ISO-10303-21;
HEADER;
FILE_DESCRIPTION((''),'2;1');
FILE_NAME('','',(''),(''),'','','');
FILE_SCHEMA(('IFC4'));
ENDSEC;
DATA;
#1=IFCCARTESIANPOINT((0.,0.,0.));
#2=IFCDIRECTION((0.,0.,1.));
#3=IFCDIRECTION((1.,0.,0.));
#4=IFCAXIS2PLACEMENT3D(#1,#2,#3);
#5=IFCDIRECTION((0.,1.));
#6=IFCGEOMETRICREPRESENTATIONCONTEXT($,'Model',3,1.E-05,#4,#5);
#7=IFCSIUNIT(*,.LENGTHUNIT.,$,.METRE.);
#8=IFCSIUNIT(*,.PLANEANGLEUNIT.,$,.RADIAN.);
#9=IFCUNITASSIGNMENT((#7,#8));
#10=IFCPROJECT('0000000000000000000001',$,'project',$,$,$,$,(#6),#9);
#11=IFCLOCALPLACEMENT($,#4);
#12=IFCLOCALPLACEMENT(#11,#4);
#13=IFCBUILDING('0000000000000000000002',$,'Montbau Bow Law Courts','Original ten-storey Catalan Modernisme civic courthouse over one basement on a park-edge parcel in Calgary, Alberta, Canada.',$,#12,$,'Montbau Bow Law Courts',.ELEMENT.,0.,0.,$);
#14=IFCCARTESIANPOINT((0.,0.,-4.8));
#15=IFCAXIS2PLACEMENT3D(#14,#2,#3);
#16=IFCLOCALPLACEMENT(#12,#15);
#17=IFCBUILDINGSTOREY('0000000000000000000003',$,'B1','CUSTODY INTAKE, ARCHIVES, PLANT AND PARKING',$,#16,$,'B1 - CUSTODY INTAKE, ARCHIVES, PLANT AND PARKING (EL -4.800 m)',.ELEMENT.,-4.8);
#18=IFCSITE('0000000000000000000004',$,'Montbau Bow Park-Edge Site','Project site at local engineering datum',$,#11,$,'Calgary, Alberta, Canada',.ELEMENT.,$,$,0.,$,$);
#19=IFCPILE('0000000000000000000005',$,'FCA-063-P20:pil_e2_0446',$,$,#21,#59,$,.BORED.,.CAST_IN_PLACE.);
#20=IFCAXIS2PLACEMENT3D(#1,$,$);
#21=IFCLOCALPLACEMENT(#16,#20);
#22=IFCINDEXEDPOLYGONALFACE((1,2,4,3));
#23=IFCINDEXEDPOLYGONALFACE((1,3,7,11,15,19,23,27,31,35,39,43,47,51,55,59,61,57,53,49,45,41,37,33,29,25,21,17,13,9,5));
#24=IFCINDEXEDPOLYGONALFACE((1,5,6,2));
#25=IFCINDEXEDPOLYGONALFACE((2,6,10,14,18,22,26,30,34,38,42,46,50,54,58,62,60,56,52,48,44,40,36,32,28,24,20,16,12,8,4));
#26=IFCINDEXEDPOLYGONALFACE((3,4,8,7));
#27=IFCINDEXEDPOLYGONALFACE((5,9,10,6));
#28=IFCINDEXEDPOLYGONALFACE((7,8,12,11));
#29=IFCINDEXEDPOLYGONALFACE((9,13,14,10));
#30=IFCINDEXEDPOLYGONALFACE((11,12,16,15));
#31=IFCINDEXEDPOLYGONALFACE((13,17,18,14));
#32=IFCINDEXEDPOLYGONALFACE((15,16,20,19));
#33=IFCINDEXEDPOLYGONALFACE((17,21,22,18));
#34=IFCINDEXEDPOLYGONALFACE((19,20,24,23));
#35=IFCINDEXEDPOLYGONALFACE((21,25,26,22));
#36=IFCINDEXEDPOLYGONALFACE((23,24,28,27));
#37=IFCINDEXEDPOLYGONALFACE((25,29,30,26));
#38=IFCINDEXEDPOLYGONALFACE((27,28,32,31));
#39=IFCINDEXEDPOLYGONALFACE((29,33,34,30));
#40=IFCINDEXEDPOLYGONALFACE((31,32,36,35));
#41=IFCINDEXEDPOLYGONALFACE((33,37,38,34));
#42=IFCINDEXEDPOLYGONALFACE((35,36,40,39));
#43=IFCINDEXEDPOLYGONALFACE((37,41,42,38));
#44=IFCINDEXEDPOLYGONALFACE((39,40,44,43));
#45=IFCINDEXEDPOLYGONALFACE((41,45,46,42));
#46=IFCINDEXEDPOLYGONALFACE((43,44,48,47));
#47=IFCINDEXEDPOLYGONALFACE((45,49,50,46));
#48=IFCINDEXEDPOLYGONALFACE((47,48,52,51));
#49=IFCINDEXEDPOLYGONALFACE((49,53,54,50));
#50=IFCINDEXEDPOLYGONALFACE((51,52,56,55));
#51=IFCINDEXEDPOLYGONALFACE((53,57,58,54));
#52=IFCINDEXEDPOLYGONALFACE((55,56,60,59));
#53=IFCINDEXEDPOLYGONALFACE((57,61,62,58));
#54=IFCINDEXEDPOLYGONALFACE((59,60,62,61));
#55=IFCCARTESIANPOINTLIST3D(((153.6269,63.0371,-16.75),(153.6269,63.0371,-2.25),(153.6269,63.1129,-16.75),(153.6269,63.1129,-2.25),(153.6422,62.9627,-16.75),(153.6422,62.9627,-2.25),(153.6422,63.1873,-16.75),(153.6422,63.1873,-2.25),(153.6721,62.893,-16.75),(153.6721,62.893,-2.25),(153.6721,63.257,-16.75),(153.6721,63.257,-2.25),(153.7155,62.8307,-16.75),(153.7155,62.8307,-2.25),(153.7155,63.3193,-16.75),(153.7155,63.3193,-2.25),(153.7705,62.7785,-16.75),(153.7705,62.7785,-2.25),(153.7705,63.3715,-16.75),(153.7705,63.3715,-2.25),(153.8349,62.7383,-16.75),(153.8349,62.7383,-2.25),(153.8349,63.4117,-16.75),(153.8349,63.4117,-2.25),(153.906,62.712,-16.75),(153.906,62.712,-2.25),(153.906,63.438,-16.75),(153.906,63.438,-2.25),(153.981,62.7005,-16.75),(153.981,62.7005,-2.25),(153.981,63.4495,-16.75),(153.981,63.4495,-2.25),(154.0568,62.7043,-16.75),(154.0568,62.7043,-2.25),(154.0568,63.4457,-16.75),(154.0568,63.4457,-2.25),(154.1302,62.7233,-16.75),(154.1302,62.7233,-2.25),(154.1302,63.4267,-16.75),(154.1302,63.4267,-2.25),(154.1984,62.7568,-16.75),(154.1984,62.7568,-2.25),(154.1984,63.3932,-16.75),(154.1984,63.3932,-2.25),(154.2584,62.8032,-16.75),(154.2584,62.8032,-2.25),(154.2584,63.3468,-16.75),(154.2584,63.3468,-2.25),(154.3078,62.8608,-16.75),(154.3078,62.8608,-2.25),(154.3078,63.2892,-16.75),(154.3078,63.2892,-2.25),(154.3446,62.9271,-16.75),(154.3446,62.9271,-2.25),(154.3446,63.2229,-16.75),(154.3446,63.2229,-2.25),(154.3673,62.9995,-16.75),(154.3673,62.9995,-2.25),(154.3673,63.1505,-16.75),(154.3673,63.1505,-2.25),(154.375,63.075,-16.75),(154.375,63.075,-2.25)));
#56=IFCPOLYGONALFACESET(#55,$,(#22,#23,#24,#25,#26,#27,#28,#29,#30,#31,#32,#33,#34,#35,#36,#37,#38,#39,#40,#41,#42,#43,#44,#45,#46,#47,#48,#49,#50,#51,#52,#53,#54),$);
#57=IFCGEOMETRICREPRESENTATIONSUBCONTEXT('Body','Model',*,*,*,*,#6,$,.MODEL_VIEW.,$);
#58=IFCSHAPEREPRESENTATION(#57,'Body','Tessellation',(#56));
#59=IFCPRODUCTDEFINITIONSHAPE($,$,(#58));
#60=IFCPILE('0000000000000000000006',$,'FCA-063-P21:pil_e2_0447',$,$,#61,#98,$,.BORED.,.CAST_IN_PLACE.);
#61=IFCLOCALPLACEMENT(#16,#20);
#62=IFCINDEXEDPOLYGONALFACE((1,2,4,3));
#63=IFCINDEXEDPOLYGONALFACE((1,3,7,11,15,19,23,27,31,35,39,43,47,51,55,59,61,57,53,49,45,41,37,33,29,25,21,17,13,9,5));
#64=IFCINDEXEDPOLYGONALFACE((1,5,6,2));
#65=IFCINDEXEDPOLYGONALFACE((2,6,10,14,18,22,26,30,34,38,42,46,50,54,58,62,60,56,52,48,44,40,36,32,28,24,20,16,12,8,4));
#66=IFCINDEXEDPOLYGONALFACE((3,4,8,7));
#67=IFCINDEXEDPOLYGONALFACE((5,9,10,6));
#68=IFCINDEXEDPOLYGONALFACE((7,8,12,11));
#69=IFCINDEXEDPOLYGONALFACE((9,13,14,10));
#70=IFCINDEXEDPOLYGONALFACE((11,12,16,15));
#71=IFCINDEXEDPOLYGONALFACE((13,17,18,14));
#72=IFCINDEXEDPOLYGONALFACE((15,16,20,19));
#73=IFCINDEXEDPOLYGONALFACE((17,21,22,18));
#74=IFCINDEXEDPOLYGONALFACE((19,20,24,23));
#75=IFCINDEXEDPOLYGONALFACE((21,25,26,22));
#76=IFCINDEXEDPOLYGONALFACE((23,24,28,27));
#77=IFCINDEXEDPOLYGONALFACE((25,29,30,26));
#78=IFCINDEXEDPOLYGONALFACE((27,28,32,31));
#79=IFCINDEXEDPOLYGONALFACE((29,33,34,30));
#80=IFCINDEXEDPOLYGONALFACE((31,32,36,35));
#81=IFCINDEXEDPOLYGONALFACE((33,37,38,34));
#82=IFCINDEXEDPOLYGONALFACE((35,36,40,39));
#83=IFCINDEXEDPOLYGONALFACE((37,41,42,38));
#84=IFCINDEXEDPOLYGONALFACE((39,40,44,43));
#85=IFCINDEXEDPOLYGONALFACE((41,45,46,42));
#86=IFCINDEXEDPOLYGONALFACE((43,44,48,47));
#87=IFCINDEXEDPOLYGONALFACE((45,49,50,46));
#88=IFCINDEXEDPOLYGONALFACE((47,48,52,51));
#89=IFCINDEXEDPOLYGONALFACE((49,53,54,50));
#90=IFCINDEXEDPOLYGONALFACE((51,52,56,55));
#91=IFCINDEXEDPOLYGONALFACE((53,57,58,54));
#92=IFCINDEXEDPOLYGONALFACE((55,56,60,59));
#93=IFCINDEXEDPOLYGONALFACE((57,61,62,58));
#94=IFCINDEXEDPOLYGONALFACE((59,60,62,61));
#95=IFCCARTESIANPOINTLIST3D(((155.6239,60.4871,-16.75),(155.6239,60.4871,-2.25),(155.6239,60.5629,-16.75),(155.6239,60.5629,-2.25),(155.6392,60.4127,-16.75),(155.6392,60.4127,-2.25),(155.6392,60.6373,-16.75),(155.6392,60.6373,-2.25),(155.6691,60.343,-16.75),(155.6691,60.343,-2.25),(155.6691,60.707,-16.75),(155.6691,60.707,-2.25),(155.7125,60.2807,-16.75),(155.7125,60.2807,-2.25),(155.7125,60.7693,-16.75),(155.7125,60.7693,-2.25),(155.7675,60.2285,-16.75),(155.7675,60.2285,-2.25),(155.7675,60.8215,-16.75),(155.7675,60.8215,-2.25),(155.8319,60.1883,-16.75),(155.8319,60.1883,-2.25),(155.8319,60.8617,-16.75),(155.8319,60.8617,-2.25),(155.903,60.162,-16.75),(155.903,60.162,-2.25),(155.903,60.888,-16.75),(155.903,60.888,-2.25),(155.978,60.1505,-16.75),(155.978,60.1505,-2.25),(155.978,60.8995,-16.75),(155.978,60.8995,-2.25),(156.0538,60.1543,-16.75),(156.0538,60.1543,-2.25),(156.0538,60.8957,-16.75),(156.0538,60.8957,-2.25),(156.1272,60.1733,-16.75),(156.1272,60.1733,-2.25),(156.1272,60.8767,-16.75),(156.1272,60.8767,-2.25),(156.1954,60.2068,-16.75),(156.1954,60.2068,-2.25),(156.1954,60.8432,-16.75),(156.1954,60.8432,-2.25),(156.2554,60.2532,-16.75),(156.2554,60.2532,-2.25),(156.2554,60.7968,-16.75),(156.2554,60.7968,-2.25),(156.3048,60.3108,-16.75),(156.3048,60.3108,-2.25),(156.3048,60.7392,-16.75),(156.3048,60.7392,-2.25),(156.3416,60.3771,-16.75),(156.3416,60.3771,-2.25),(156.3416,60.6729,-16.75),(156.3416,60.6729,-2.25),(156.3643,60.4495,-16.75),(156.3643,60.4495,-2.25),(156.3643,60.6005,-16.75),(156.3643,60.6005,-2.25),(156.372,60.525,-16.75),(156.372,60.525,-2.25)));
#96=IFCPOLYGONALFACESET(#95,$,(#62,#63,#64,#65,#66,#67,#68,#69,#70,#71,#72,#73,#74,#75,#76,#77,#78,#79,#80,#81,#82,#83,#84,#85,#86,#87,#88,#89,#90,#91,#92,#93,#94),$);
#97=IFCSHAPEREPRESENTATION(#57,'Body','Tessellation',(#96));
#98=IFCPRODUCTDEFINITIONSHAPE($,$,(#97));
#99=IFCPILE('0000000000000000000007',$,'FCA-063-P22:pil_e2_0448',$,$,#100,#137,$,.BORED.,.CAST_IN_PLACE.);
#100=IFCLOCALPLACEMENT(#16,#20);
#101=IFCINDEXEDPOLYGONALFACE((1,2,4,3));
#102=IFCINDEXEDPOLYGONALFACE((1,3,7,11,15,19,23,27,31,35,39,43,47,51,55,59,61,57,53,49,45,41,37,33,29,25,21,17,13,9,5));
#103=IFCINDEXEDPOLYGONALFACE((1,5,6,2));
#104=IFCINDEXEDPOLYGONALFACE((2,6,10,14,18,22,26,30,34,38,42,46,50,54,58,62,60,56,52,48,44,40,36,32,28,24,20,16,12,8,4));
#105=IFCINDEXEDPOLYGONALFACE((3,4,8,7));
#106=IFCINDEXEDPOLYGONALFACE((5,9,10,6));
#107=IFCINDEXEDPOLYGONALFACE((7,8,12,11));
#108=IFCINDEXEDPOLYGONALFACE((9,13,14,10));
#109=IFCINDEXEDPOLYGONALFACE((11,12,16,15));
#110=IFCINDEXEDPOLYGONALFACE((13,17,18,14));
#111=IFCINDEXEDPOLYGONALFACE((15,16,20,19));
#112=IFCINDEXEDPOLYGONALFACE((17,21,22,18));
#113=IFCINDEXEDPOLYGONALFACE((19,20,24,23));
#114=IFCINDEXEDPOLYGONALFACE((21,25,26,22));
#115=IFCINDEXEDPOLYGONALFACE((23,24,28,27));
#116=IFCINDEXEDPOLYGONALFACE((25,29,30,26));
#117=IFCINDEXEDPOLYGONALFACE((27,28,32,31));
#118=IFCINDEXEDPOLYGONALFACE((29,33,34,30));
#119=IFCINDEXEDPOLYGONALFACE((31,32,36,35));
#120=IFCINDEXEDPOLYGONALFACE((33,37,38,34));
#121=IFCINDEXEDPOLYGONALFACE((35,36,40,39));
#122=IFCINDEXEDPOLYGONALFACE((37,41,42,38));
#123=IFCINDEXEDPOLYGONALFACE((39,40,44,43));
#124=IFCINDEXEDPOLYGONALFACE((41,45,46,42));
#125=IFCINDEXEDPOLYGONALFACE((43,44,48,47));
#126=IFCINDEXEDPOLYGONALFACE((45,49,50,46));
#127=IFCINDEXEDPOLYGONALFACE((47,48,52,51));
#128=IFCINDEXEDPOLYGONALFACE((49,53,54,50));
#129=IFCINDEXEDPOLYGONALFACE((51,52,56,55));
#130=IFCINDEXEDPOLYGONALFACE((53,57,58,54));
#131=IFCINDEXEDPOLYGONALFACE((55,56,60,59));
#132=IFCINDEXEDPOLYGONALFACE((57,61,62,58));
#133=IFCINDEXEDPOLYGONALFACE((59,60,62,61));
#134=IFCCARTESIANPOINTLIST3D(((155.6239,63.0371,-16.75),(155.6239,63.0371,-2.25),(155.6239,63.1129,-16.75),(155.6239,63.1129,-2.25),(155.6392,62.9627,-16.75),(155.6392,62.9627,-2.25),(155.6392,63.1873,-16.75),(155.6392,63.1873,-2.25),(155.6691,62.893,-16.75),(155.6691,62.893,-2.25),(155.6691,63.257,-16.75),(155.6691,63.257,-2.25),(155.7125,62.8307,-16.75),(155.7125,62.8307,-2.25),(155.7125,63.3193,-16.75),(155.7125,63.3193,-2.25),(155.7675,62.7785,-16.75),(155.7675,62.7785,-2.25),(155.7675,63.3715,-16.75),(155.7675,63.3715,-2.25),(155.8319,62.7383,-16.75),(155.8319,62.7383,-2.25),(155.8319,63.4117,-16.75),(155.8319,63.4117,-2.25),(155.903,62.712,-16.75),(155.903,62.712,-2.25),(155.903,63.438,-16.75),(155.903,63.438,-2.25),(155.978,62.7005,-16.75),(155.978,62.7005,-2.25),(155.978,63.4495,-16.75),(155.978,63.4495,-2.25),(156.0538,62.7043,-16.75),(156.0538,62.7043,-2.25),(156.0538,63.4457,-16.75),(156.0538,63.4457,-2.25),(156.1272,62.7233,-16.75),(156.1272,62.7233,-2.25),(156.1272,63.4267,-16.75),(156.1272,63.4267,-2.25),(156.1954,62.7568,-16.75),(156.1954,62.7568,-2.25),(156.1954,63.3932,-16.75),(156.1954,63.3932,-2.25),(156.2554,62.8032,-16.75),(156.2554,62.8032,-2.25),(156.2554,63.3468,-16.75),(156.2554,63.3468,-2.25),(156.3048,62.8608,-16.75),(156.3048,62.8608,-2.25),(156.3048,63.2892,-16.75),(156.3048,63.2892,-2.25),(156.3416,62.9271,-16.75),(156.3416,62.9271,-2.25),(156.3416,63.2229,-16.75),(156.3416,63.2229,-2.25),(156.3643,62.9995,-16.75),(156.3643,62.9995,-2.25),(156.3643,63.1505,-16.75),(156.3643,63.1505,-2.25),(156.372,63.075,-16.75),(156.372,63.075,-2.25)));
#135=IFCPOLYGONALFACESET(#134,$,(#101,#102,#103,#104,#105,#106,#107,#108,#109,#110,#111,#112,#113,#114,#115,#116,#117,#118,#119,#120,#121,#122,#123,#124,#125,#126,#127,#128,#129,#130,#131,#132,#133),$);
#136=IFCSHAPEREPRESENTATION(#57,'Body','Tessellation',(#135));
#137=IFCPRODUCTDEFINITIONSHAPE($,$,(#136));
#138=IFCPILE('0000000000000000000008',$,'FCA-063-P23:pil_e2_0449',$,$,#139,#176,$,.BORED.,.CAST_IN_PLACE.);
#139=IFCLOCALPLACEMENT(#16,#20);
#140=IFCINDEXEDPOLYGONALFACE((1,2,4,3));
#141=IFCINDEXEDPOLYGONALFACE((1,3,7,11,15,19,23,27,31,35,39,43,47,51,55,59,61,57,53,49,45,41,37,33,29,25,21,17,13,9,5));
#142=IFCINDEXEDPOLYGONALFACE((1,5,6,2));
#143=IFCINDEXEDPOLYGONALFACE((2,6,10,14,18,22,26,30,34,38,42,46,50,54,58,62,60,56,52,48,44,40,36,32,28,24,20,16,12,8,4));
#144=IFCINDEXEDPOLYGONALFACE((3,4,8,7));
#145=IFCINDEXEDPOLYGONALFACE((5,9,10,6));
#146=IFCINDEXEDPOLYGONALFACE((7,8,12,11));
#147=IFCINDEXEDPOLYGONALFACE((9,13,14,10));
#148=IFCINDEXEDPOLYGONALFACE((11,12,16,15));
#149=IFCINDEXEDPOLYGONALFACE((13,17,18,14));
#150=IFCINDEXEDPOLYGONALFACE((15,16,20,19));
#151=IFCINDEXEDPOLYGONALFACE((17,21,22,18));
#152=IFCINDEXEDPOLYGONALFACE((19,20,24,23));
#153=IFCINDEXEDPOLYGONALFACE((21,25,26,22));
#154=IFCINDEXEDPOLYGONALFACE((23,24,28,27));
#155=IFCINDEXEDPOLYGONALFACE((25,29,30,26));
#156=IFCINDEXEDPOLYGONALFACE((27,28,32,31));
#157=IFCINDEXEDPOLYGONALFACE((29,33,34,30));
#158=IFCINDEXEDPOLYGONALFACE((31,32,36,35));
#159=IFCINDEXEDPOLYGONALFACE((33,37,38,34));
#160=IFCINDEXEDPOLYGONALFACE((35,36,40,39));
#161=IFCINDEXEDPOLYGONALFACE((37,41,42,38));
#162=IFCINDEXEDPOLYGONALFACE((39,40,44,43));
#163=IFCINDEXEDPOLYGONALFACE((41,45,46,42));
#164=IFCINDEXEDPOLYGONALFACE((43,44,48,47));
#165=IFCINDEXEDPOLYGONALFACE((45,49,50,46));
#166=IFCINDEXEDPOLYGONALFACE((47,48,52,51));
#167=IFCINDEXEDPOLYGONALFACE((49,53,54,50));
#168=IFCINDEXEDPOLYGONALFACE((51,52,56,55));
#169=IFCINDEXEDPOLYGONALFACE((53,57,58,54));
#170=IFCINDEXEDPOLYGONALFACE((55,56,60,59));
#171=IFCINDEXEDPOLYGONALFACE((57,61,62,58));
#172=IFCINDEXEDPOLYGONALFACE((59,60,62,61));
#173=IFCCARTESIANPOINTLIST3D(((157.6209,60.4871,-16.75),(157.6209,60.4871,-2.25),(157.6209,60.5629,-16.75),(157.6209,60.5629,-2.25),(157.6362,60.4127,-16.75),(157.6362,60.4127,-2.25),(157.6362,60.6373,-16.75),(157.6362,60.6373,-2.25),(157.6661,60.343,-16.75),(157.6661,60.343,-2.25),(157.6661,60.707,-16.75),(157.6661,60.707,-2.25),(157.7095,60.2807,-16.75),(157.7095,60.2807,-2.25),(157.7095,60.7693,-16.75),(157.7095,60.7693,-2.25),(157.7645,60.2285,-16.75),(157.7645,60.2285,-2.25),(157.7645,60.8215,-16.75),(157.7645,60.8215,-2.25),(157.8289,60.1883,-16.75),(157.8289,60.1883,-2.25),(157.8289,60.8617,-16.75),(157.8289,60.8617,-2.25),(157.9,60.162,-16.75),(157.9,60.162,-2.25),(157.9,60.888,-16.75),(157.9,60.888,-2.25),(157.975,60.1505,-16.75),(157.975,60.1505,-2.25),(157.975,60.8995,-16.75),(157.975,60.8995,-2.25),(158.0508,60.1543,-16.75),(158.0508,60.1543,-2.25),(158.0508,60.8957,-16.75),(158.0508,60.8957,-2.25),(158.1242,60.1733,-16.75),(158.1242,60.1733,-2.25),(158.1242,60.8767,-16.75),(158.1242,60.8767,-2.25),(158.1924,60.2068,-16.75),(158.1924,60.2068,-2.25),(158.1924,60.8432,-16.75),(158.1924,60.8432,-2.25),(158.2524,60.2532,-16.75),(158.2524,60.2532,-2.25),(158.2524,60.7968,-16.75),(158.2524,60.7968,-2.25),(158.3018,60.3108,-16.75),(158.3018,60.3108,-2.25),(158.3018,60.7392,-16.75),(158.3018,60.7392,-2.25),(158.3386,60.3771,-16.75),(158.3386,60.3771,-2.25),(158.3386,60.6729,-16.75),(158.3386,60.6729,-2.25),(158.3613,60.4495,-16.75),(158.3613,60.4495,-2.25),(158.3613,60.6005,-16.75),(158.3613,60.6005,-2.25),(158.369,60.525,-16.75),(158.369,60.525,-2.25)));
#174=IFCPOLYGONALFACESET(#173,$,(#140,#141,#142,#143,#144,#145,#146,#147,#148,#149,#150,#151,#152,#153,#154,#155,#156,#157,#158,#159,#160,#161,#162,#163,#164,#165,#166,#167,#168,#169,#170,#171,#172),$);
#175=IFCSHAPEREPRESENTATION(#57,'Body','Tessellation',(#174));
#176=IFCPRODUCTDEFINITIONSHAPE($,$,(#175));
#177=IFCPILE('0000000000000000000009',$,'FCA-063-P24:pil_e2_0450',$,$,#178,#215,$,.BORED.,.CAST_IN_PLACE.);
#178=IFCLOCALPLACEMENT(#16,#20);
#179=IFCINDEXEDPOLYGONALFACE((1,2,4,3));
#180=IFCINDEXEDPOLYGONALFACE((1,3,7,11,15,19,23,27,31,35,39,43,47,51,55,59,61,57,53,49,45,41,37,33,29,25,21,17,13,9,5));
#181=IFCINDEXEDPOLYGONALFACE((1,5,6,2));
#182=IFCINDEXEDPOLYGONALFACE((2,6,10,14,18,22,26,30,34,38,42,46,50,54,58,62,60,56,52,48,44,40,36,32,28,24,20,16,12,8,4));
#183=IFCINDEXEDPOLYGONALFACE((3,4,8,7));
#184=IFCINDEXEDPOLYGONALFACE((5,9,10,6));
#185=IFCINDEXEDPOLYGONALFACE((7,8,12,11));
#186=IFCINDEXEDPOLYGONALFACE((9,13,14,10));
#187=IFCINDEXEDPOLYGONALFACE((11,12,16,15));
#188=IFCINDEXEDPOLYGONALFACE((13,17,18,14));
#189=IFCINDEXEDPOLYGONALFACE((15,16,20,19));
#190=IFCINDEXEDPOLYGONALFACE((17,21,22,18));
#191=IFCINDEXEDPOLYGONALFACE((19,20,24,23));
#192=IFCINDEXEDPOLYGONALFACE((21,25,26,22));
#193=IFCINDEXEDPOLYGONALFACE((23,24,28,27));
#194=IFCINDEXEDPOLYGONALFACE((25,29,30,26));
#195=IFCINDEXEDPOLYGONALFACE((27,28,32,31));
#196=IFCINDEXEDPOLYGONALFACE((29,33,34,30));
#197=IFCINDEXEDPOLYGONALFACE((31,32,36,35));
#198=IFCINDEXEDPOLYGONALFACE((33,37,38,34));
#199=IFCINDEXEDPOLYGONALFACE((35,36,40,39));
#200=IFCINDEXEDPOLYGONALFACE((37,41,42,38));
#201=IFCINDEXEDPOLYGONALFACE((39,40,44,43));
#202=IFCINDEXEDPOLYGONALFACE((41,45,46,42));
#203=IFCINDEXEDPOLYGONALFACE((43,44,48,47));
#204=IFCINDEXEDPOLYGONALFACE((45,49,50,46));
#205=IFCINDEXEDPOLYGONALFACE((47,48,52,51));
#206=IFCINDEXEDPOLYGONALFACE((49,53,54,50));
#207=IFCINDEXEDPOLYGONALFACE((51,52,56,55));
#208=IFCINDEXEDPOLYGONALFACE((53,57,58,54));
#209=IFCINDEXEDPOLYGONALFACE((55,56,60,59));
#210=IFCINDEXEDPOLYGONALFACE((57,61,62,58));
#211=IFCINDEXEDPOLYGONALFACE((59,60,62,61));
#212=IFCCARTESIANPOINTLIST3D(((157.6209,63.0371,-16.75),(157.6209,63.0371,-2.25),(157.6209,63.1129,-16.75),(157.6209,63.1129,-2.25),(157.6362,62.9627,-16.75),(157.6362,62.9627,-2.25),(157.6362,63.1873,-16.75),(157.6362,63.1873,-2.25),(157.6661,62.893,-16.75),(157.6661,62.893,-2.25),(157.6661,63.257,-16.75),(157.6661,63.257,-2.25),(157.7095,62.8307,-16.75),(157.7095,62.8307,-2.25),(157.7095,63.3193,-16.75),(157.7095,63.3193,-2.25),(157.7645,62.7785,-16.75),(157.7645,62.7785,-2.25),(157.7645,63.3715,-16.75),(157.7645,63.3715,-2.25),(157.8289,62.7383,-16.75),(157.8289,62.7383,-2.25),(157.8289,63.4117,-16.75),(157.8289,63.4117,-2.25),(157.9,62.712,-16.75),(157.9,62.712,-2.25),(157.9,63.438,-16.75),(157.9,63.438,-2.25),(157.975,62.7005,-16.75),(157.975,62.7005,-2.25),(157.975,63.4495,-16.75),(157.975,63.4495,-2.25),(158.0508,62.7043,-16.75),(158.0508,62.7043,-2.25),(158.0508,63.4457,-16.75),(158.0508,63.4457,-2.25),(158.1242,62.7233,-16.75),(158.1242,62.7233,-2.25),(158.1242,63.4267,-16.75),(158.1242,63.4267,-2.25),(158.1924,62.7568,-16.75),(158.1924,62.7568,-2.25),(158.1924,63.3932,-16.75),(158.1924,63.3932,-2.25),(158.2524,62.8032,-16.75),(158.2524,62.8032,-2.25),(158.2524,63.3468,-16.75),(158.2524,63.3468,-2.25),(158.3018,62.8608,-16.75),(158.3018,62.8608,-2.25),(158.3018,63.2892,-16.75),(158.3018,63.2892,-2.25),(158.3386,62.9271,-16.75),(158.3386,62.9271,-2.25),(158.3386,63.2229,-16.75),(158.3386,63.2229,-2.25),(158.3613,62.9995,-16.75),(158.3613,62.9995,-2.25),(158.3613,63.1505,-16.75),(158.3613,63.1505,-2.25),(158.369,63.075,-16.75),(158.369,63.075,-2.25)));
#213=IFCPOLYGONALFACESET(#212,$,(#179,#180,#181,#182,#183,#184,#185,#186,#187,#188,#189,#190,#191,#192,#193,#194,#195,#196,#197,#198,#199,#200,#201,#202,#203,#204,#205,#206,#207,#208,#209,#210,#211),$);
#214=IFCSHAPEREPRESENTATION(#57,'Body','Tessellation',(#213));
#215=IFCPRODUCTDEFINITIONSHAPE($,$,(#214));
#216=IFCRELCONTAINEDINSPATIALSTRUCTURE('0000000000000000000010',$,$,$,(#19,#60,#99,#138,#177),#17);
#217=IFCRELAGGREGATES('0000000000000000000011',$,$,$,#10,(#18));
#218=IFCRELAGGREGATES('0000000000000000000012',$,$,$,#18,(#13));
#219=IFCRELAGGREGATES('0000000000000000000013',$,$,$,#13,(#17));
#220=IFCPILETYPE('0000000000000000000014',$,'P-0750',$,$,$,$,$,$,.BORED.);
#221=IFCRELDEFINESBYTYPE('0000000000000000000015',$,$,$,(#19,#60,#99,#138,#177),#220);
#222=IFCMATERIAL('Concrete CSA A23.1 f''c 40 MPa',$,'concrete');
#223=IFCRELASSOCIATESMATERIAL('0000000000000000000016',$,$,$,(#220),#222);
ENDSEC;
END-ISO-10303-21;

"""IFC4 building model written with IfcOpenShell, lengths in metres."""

from ifc_helpers import new_model, si_unit, direction, frame, origin_with_axes, origin_2d_with_axis, place, context, subcontext, project, spatial, circle, extrude, material, material_profile, profile_set, type_object, element, save


model = new_model("IFC4")

# Units and contexts
model_context = context("Model", 3, precision=1e-05, world=origin_with_axes(), true_north=direction((0.0, 1.0)))
body_context = subcontext(model_context, "Body", "Model", "MODEL_VIEW")
ifc_project = project(units=[si_unit("LENGTHUNIT", "METRE"), si_unit("PLANEANGLEUNIT", "RADIAN")], contexts=[model_context])

# Site, building, storey
site_placement = place(None, origin_with_axes())
site = spatial("IfcSite", under=ifc_project, at=site_placement, Name="Montbau Bow Park-Edge Site", Description="Project site at local engineering datum", LongName="Calgary, Alberta, Canada", CompositionType="ELEMENT", RefElevation=0.0)
building_placement = place(site_placement, origin_with_axes())
building = spatial("IfcBuilding", under=site, at=building_placement, Name="Montbau Bow Law Courts", Description="Original ten-storey Catalan Modernisme civic courthouse over one basement on a park-edge parcel in Calgary, Alberta, Canada.", LongName="Montbau Bow Law Courts", CompositionType="ELEMENT", ElevationOfRefHeight=0.0, ElevationOfTerrain=0.0)
storey_placement = place(building_placement, frame((0.0, 0.0, -4.8), z_axis=(0.0, 0.0, 1.0), x_axis=(1.0, 0.0, 0.0)))
storey = spatial("IfcBuildingStorey", under=building, at=storey_placement, Name="B1", Description="CUSTODY INTAKE, ARCHIVES, PLANT AND PARKING", LongName="B1 - CUSTODY INTAKE, ARCHIVES, PLANT AND PARKING (EL -4.800 m)", CompositionType="ELEMENT", Elevation=-4.8)

# Piles
ifc_material_1 = material(Name="Concrete CSA A23.1 f'c 40 MPa", Category="concrete")
ifc_material_profile_1 = material_profile(ifc_material_1, circle(Radius=0.375, at=origin_2d_with_axis()), Name="BP750", Category="Main", Priority=0)
ifc_profile_set_1 = profile_set([ifc_material_profile_1], Name="Concrete CSA A23.1 f'c 40 MPa")
pile_type_1 = type_object("IfcPileType", Name="P-0750", PredefinedType="BORED", material=ifc_profile_set_1)
for number, where, z_axis, x_axis, name in (
    (1, (154.0, 63.075, -21.55), (0.0, 0.0, 1.0), (1.0, 0.0, 0.0), "FCA-063-P20:pil_e2_0446"),
    (2, (155.997, 60.525, -21.55), (0.0, 0.0, 1.0), (1.0, 0.0, 0.0), "FCA-063-P21:pil_e2_0447"),
    (3, (155.997, 63.075, -21.55), (0.0, 0.0, 1.0), (1.0, 0.0, 0.0), "FCA-063-P22:pil_e2_0448"),
    (4, (157.994, 60.525, -21.55), (0.0, 0.0, 1.0), (1.0, 0.0, 0.0), "FCA-063-P23:pil_e2_0449"),
    (5, (157.994, 63.075, -21.55), (0.0, 0.0, 1.0), (1.0, 0.0, 0.0), "FCA-063-P24:pil_e2_0450"),
):
    element("IfcPile", number, at=place(None, frame(where, z_axis=z_axis, x_axis=x_axis)), inside=storey, type_object=pile_type_1, Name=name, ConstructionType="CAST_IN_PLACE", PredefinedType="BORED", context=body_context, shape_type="SweptSolid", body=[
        extrude(circle(Radius=0.375, at=origin_2d_with_axis()), origin_with_axes(), (0.0, 0.0, 1.0), 14.5),
    ])

save(model, "model.ifc")
